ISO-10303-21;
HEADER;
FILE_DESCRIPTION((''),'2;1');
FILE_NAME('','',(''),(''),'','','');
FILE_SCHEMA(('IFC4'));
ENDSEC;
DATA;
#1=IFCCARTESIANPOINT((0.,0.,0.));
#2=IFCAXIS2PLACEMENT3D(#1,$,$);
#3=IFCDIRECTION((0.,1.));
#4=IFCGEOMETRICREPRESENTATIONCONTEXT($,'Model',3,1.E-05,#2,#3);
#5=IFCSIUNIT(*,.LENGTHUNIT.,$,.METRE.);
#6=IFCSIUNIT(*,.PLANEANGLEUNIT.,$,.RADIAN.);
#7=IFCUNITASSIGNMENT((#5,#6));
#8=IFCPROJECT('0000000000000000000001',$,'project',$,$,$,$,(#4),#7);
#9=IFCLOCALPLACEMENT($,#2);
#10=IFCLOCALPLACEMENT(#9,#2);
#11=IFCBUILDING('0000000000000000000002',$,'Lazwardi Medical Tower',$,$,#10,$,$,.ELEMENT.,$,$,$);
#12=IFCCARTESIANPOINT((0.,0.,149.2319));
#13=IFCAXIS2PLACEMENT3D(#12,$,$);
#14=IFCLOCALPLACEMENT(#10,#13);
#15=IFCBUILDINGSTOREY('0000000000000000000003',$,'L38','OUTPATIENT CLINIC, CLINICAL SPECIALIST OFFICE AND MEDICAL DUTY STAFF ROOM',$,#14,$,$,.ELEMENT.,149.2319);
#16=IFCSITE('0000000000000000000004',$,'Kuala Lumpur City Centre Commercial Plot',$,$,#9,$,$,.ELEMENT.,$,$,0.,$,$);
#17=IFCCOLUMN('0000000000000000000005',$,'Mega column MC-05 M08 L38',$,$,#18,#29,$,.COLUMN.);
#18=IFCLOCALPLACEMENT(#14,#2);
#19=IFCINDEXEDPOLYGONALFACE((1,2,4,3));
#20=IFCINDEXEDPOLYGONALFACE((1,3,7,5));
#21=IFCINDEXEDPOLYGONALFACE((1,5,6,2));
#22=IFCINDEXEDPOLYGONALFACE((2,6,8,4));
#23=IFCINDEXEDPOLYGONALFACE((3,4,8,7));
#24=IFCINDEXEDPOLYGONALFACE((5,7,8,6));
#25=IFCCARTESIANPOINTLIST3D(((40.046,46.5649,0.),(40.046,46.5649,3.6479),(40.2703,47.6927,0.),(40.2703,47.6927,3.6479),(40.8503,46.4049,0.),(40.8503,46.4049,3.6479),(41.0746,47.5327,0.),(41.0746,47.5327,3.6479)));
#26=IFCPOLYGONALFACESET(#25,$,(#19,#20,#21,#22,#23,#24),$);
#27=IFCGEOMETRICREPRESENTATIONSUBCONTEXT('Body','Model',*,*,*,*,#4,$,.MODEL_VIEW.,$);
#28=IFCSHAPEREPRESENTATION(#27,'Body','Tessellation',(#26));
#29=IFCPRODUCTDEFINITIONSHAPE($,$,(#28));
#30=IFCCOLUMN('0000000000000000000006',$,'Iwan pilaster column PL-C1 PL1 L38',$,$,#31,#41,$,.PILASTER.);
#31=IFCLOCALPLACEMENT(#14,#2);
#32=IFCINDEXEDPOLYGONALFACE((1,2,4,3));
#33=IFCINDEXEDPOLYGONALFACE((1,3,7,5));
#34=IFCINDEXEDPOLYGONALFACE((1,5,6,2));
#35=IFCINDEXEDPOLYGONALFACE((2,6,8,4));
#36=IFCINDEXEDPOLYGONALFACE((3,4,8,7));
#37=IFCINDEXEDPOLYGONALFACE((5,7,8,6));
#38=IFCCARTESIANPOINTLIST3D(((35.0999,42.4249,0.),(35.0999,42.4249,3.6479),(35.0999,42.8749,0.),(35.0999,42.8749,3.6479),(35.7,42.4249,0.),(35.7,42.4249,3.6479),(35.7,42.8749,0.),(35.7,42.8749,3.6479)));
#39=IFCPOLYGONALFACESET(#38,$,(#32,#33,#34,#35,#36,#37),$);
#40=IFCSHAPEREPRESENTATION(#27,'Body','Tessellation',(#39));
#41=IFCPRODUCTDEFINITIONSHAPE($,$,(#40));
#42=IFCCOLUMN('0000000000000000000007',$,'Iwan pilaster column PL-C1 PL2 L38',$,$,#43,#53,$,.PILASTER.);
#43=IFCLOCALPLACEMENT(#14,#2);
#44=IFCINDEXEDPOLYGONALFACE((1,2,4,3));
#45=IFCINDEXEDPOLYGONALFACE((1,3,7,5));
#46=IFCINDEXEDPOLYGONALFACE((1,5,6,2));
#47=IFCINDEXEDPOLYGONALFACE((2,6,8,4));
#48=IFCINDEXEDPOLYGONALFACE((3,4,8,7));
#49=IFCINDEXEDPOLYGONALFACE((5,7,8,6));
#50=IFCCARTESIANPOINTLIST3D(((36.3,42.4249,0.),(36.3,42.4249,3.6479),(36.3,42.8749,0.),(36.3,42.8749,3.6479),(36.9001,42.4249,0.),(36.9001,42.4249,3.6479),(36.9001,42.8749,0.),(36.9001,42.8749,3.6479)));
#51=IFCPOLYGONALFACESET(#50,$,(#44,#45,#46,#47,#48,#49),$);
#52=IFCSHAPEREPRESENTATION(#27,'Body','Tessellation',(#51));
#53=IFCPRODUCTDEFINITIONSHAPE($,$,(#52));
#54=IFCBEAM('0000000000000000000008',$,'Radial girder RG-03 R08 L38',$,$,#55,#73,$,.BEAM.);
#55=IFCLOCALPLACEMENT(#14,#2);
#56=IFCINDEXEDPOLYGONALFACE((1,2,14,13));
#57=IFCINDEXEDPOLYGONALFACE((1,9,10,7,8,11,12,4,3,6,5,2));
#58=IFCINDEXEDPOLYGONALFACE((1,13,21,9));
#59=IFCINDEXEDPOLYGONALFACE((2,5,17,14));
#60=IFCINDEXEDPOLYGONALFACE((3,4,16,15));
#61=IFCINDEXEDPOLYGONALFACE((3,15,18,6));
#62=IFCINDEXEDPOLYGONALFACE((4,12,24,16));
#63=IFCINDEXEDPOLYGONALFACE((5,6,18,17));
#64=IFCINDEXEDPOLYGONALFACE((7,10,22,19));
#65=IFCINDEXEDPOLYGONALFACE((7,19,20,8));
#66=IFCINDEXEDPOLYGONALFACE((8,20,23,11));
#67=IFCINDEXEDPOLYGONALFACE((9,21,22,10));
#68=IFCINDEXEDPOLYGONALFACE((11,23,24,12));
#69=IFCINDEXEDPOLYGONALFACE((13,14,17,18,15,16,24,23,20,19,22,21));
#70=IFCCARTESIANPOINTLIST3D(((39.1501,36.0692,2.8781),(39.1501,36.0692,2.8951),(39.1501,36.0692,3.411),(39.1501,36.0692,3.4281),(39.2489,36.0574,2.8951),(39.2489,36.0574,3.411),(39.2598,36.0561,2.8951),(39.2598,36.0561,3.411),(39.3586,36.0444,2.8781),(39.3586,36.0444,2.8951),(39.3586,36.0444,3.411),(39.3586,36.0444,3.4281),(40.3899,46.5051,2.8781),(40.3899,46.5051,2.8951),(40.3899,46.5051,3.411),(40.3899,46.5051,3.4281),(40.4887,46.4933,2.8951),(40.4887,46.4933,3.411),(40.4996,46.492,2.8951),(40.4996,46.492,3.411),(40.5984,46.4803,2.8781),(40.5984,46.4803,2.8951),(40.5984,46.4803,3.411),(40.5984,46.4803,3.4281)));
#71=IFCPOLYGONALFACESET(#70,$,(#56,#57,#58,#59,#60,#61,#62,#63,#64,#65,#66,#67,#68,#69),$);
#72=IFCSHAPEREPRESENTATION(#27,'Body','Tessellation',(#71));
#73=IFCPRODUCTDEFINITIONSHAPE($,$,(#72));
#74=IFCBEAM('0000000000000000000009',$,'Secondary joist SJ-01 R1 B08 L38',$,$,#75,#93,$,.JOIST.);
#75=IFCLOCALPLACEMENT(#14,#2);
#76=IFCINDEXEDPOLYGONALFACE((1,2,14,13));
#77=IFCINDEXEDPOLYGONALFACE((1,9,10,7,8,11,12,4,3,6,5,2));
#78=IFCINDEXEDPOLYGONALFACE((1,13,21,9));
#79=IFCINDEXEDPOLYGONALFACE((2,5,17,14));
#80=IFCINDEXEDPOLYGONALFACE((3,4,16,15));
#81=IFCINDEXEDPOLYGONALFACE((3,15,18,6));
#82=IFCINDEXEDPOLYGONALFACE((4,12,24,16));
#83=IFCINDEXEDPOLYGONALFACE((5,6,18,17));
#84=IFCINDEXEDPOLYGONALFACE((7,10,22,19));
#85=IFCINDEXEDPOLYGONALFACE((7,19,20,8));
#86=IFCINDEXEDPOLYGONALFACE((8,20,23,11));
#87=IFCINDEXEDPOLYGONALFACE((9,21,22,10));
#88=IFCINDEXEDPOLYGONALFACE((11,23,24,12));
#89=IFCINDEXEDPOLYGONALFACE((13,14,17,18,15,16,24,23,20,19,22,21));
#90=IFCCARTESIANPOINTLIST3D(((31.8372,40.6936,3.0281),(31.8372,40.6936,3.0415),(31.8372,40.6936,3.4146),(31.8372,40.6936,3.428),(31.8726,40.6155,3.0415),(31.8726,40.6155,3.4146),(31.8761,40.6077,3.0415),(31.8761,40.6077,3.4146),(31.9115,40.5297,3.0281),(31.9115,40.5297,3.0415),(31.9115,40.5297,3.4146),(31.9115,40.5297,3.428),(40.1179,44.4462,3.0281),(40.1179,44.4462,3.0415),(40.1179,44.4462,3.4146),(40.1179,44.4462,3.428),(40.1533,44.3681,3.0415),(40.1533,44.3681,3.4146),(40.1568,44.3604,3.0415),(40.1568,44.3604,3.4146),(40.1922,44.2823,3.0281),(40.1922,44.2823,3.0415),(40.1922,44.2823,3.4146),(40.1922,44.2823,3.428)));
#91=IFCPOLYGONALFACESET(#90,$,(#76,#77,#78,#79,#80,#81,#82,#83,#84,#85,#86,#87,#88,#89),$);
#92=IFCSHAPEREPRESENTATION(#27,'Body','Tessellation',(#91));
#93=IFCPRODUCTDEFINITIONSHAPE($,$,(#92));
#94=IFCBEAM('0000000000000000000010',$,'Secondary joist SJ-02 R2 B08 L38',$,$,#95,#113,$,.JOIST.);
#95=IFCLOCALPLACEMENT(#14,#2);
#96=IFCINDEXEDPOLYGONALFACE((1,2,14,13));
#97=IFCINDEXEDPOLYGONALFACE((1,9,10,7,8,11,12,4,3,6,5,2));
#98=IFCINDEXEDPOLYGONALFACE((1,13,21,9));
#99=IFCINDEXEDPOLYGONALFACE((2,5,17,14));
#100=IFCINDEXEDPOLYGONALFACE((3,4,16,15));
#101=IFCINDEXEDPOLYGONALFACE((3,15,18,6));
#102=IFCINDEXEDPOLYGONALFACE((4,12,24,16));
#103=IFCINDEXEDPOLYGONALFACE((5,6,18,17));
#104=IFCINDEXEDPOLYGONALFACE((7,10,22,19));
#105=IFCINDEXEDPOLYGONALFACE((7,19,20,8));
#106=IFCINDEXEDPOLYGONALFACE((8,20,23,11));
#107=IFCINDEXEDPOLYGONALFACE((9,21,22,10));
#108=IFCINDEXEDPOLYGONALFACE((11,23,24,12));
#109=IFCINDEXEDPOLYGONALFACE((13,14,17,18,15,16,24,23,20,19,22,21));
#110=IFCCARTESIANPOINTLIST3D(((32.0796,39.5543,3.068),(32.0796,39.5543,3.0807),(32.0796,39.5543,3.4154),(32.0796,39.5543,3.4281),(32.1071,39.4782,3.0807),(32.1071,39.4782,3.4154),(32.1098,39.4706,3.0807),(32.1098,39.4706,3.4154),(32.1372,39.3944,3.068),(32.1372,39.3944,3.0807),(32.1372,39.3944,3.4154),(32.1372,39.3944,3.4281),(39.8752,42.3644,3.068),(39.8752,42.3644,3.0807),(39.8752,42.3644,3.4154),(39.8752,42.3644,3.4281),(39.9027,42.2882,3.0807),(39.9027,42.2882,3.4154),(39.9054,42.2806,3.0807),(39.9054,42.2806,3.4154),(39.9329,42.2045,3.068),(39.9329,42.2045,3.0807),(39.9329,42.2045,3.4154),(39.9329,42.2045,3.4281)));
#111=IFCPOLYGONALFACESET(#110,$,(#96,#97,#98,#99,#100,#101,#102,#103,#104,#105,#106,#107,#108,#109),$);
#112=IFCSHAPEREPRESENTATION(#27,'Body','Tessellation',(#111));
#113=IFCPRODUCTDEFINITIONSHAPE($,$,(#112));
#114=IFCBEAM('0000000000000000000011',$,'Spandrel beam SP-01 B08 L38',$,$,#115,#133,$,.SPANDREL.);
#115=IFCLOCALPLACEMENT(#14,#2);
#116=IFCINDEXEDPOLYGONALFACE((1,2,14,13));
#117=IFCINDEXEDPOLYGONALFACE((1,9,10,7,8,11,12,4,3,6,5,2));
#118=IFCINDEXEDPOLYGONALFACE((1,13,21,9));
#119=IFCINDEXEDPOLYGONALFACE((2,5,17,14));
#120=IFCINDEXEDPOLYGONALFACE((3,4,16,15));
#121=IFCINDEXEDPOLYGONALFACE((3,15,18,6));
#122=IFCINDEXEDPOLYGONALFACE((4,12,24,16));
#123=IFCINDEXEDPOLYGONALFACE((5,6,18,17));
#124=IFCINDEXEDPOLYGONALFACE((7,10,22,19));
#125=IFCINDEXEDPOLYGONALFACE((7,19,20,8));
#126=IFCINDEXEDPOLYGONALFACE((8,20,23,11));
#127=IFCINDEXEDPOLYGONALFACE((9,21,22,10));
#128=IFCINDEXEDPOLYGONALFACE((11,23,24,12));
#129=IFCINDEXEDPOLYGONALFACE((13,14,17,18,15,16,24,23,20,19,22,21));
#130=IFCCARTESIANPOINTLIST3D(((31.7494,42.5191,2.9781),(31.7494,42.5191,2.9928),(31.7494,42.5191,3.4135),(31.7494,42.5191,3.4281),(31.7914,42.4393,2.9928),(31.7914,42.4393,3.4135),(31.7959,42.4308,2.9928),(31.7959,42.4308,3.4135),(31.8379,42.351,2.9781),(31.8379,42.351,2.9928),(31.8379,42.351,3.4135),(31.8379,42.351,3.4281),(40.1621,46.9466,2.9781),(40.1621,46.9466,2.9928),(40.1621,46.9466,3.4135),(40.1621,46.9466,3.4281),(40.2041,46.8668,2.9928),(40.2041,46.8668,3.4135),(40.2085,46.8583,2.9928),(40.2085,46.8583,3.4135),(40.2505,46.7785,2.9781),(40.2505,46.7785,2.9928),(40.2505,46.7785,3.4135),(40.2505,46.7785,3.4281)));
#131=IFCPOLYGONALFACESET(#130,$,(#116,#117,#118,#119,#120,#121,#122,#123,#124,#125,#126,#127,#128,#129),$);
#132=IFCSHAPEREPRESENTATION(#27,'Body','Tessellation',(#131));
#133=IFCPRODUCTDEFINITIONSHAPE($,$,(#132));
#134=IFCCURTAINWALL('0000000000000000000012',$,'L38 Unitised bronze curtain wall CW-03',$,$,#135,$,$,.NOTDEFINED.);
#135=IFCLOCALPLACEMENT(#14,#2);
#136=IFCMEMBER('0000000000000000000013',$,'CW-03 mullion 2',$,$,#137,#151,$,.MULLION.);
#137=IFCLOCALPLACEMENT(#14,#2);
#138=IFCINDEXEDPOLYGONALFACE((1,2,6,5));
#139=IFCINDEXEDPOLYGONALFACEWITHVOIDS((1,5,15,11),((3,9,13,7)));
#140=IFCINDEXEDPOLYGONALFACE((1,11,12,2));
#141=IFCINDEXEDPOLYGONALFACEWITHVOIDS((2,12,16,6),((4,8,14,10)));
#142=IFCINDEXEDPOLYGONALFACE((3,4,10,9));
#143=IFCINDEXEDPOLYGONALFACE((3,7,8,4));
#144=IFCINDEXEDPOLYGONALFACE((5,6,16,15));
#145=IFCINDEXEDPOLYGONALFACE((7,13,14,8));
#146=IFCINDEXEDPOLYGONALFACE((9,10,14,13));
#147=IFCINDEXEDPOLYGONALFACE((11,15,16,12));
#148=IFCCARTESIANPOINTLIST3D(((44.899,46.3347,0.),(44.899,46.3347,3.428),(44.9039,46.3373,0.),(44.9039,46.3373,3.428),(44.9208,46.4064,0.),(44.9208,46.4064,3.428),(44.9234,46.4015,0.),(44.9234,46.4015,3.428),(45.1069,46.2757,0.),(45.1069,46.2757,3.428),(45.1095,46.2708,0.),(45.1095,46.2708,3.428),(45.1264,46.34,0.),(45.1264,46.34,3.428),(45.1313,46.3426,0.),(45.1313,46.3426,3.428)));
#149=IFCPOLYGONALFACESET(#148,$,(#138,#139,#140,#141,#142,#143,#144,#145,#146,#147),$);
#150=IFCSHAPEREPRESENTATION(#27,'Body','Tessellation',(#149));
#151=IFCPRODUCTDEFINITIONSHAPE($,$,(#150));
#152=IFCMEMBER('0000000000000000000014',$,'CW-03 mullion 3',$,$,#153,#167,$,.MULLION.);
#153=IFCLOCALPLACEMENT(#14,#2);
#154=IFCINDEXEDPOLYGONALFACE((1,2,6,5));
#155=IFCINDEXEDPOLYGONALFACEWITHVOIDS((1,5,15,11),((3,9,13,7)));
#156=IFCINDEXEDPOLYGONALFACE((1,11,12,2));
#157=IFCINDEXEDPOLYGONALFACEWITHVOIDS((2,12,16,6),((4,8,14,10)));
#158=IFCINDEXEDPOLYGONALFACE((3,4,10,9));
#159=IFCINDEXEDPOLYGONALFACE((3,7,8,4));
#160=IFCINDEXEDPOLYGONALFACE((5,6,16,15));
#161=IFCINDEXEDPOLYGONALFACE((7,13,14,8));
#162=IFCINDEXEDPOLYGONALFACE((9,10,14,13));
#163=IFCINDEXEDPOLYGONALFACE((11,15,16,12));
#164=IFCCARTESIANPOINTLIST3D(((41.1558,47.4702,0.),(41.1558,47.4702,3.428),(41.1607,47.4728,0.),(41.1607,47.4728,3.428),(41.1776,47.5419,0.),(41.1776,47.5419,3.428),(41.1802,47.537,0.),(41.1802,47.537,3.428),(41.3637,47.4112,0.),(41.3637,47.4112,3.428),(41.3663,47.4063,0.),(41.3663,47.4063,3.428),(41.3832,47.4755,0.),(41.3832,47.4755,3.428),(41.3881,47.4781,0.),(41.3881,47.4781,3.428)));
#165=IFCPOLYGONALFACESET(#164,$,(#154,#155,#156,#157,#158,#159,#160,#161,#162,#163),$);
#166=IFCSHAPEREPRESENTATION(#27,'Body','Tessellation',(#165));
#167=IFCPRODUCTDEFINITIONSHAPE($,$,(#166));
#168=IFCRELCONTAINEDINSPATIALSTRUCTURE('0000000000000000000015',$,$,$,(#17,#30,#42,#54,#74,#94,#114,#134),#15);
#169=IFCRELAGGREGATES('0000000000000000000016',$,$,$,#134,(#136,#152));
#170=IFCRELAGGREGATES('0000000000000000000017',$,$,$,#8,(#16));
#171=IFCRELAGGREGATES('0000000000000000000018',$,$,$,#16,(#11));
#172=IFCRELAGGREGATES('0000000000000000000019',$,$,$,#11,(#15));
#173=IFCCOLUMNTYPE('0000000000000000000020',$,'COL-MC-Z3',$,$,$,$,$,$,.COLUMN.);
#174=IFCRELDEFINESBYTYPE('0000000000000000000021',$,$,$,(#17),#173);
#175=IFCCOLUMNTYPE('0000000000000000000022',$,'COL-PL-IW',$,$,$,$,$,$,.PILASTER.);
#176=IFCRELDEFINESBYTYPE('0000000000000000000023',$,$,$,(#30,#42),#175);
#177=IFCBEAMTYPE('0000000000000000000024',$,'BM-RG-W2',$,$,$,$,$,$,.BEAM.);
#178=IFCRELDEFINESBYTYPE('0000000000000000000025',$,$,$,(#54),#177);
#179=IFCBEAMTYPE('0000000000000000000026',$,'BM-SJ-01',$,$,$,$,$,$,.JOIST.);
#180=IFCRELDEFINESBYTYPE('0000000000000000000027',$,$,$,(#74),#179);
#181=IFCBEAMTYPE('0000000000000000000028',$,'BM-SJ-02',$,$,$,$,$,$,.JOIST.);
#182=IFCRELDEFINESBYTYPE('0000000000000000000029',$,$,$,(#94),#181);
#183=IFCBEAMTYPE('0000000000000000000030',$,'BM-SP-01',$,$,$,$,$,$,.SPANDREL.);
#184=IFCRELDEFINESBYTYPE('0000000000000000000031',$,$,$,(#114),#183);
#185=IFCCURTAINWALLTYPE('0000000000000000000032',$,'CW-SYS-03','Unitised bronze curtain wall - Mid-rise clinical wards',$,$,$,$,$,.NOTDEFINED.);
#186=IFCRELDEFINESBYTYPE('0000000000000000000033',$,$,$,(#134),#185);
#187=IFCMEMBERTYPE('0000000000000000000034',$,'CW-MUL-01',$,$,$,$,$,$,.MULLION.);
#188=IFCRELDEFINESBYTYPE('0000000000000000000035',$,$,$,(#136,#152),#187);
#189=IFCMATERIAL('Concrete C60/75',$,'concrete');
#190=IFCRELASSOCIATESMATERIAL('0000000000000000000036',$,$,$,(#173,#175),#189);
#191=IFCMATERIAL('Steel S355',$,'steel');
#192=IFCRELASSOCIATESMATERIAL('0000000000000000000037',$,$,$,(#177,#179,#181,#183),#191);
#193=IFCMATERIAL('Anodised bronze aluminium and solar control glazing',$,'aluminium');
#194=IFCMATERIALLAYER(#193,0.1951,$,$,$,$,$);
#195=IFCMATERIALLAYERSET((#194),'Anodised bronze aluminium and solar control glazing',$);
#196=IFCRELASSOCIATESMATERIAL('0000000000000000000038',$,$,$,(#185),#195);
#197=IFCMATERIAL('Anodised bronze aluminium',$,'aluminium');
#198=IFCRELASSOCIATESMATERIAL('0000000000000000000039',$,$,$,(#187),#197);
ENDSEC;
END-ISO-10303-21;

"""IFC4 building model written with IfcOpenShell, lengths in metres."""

from ifc_helpers import new_model, si_unit, direction, frame, origin, origin_2d, place, context, subcontext, project, spatial, rectangle, hollow_rectangle, i_section, extrude, material, layer, layer_set, material_profile, profile_set, type_object, element, aggregate, save


model = new_model("IFC4")

# Units and contexts
model_context = context("Model", 3, precision=1e-05, world=origin(), true_north=direction((0.0, 1.0)))
body_context = subcontext(model_context, "Body", "Model", "MODEL_VIEW")
ifc_project = project(units=[si_unit("LENGTHUNIT", "METRE"), si_unit("PLANEANGLEUNIT", "RADIAN")], contexts=[model_context])

# Site, building, storey
site_placement = place(None, origin())
site = spatial("IfcSite", under=ifc_project, at=site_placement, Name="Kuala Lumpur City Centre Commercial Plot", CompositionType="ELEMENT", RefElevation=0.0)
building_placement = place(site_placement, origin())
building = spatial("IfcBuilding", under=site, at=building_placement, Name="Lazwardi Medical Tower", CompositionType="ELEMENT")
storey_placement = place(building_placement, frame((0.0, 0.0, 149.2319)))
storey = spatial("IfcBuildingStorey", under=building, at=storey_placement, Name="L38", Description="OUTPATIENT CLINIC, CLINICAL SPECIALIST OFFICE AND MEDICAL DUTY STAFF ROOM", CompositionType="ELEMENT", Elevation=149.2319)

# Columns
ifc_material_1 = material(Name="Concrete C60/75", Category="concrete")
ifc_material_profile_1 = material_profile(ifc_material_1, rectangle(XDim=1.1499, YDim=0.8201, at=origin_2d()), Name="CFT-RECT 1150x820")
ifc_profile_set_1 = profile_set([ifc_material_profile_1], Name="Concrete C60/75")
column_type_1 = type_object("IfcColumnType", Name="COL-MC-Z3", PredefinedType="COLUMN", material=ifc_profile_set_1)
column_placement = place(storey_placement, frame((40.5603, 47.0488, 0.0), z_axis=(0.0, 0.0, 1.0), x_axis=(0.19509, 0.980785, 0.0)))
element("IfcColumn", 1, at=column_placement, inside=storey, type_object=column_type_1, Name="Mega column MC-05 M08 L38", PredefinedType="COLUMN", context=body_context, shape_type="SweptSolid", body=[
    extrude(rectangle(XDim=1.1499, YDim=0.8201, at=origin_2d()), origin(), (0.0, 0.0, 1.0), 3.6479),
])
ifc_material_profile_2 = material_profile(ifc_material_1, rectangle(XDim=0.6001, YDim=0.45, at=origin_2d()), Name="RC 600x450")
ifc_profile_set_2 = profile_set([ifc_material_profile_2], Name="Concrete C60/75")
column_type_2 = type_object("IfcColumnType", Name="COL-PL-IW", PredefinedType="PILASTER", material=ifc_profile_set_2)
for number, where, z_axis, x_axis, name in (
    (2, (35.3999, 42.6499, 0.0), (0.0, 0.0, 1.0), (1.0, 0.0, 0.0), "Iwan pilaster column PL-C1 PL1 L38"),
    (3, (36.6001, 42.6499, 0.0), (0.0, 0.0, 1.0), (1.0, 0.0, 0.0), "Iwan pilaster column PL-C1 PL2 L38"),
):
    element("IfcColumn", number, at=place(storey_placement, frame(where, z_axis=z_axis, x_axis=x_axis)), inside=storey, type_object=column_type_2, Name=name, PredefinedType="PILASTER", context=body_context, shape_type="SweptSolid", body=[
        extrude(rectangle(XDim=0.6001, YDim=0.45, at=origin_2d()), origin(), (0.0, 0.0, 1.0), 3.6479),
    ])

# Beams
ifc_material_2 = material(Name="Steel S355", Category="steel")
ifc_material_profile_3 = material_profile(ifc_material_2, i_section(OverallWidth=0.21, OverallDepth=0.55, WebThickness=0.011, FlangeThickness=0.0171, at=origin_2d()), Name="IPE 550")
ifc_profile_set_3 = profile_set([ifc_material_profile_3], Name="Steel S355")
beam_type_1 = type_object("IfcBeamType", Name="BM-RG-W2", PredefinedType="BEAM", material=ifc_profile_set_3)
beam_1_placement = place(storey_placement, frame((40.4941, 46.4927, 3.1531), z_axis=(-0.117968, -0.993017, 0.0), x_axis=(0.993017, -0.117968, 0.0)))
element("IfcBeam", 4, at=beam_1_placement, inside=storey, type_object=beam_type_1, Name="Radial girder RG-03 R08 L38", PredefinedType="BEAM", context=body_context, shape_type="SweptSolid", body=[
    extrude(i_section(OverallWidth=0.21, OverallDepth=0.55, WebThickness=0.011, FlangeThickness=0.0171, at=origin_2d()), origin(), (0.0, 0.0, 1.0), 10.5093),
])
ifc_material_profile_4 = material_profile(ifc_material_2, i_section(OverallWidth=0.1799, OverallDepth=0.3999, WebThickness=0.0085, FlangeThickness=0.0134, at=origin_2d()), Name="IPE 400")
ifc_profile_set_4 = profile_set([ifc_material_profile_4], Name="Steel S355")
beam_type_2 = type_object("IfcBeamType", Name="BM-SJ-01", PredefinedType="JOIST", material=ifc_profile_set_4)
beam_2_placement = place(storey_placement, frame((40.155, 44.3643, 3.228), z_axis=(-0.910834, -0.412773, 0.0), x_axis=(0.412773, -0.910834, 0.0)))
element("IfcBeam", 5, at=beam_2_placement, inside=storey, type_object=beam_type_2, Name="Secondary joist SJ-01 R1 B08 L38", PredefinedType="JOIST", context=body_context, shape_type="SweptSolid", body=[
    extrude(i_section(OverallWidth=0.1799, OverallDepth=0.3999, WebThickness=0.0085, FlangeThickness=0.0134, at=origin_2d()), origin(), (0.0, 0.0, 1.0), 9.0913),
])
ifc_material_profile_5 = material_profile(ifc_material_2, i_section(OverallWidth=0.1699, OverallDepth=0.3601, WebThickness=0.0081, FlangeThickness=0.0127, at=origin_2d()), Name="IPE 360")
ifc_profile_set_5 = profile_set([ifc_material_profile_5], Name="Steel S355")
beam_type_3 = type_object("IfcBeamType", Name="BM-SJ-02", PredefinedType="JOIST", material=ifc_profile_set_5)
beam_3_placement = place(storey_placement, frame((39.9041, 42.2844, 3.248), z_axis=(-0.940748, -0.339106, 0.0), x_axis=(0.339106, -0.940748, 0.0)))
element("IfcBeam", 6, at=beam_3_placement, inside=storey, type_object=beam_type_3, Name="Secondary joist SJ-02 R2 B08 L38", PredefinedType="JOIST", context=body_context, shape_type="SweptSolid", body=[
    extrude(i_section(OverallWidth=0.1699, OverallDepth=0.3601, WebThickness=0.0081, FlangeThickness=0.0127, at=origin_2d()), origin(), (0.0, 0.0, 1.0), 8.2866),
])
ifc_material_profile_6 = material_profile(ifc_material_2, i_section(OverallWidth=0.1899, OverallDepth=0.45, WebThickness=0.0095, FlangeThickness=0.0146, at=origin_2d()), Name="IPE 450")
ifc_profile_set_6 = profile_set([ifc_material_profile_6], Name="Steel S355")
beam_type_4 = type_object("IfcBeamType", Name="BM-SP-01", PredefinedType="SPANDREL", material=ifc_profile_set_6)
beam_4_placement = place(storey_placement, frame((40.2063, 46.8625, 3.2031), z_axis=(-0.884927, -0.465731, 0.0), x_axis=(0.465731, -0.884927, 0.0)))
element("IfcBeam", 7, at=beam_4_placement, inside=storey, type_object=beam_type_4, Name="Spandrel beam SP-01 B08 L38", PredefinedType="SPANDREL", context=body_context, shape_type="SweptSolid", body=[
    extrude(i_section(OverallWidth=0.1899, OverallDepth=0.45, WebThickness=0.0095, FlangeThickness=0.0146, at=origin_2d()), origin(), (0.0, 0.0, 1.0), 9.5066),
])

# Curtain wall, members
ifc_material_3 = material(Name="Anodised bronze aluminium and solar control glazing", Category="aluminium")
ifc_layer_1 = layer(ifc_material_3, 0.1951)
ifc_layer_set_1 = layer_set([ifc_layer_1], Name="Anodised bronze aluminium and solar control glazing")
curtain_wall_type = type_object("IfcCurtainWallType", Name="CW-SYS-03", Description="Unitised bronze curtain wall - Mid-rise clinical wards", PredefinedType="NOTDEFINED", material=ifc_layer_set_1)
curtain_wall_placement = place(storey_placement, origin())
curtain_wall = element("IfcCurtainWall", 8, at=curtain_wall_placement, inside=storey, type_object=curtain_wall_type, Name="L38 Unitised bronze curtain wall CW-03", PredefinedType="NOTDEFINED")
ifc_material_4 = material(Name="Anodised bronze aluminium", Category="aluminium")
ifc_material_profile_7 = material_profile(ifc_material_4, hollow_rectangle(XDim=0.075, YDim=0.22, WallThickness=0.0039, at=origin_2d()), Name="ALU-MULLION 220x75x4")
ifc_profile_set_7 = profile_set([ifc_material_profile_7], Name="Anodised bronze aluminium")
member_type_1 = type_object("IfcMemberType", Name="CW-MUL-01", PredefinedType="MULLION", material=ifc_profile_set_7)
member_1_placement = place(storey_placement, frame((45.0151, 46.3386, 0.0), z_axis=(0.0, 0.0, 1.0), x_axis=(-0.290281, -0.956942, 0.0)))
member_1 = element("IfcMember", 9, at=member_1_placement, type_object=member_type_1, Name="CW-03 mullion 2", PredefinedType="MULLION", context=body_context, shape_type="SweptSolid", body=[
    extrude(hollow_rectangle(XDim=0.075, YDim=0.22, WallThickness=0.0039, at=origin_2d()), origin(), (0.0, 0.0, 1.0), 3.428),
])
member_2_placement = place(storey_placement, frame((41.272, 47.4741, 0.0), z_axis=(0.0, 0.0, 1.0), x_axis=(-0.290281, -0.956942, 0.0)))
member_2 = element("IfcMember", 10, at=member_2_placement, type_object=member_type_1, Name="CW-03 mullion 3", PredefinedType="MULLION", context=body_context, shape_type="SweptSolid", body=[
    extrude(hollow_rectangle(XDim=0.075, YDim=0.22, WallThickness=0.0039, at=origin_2d()), origin(), (0.0, 0.0, 1.0), 3.428),
])
aggregate(curtain_wall, [member_1, member_2])

save(model, "model.ifc")
